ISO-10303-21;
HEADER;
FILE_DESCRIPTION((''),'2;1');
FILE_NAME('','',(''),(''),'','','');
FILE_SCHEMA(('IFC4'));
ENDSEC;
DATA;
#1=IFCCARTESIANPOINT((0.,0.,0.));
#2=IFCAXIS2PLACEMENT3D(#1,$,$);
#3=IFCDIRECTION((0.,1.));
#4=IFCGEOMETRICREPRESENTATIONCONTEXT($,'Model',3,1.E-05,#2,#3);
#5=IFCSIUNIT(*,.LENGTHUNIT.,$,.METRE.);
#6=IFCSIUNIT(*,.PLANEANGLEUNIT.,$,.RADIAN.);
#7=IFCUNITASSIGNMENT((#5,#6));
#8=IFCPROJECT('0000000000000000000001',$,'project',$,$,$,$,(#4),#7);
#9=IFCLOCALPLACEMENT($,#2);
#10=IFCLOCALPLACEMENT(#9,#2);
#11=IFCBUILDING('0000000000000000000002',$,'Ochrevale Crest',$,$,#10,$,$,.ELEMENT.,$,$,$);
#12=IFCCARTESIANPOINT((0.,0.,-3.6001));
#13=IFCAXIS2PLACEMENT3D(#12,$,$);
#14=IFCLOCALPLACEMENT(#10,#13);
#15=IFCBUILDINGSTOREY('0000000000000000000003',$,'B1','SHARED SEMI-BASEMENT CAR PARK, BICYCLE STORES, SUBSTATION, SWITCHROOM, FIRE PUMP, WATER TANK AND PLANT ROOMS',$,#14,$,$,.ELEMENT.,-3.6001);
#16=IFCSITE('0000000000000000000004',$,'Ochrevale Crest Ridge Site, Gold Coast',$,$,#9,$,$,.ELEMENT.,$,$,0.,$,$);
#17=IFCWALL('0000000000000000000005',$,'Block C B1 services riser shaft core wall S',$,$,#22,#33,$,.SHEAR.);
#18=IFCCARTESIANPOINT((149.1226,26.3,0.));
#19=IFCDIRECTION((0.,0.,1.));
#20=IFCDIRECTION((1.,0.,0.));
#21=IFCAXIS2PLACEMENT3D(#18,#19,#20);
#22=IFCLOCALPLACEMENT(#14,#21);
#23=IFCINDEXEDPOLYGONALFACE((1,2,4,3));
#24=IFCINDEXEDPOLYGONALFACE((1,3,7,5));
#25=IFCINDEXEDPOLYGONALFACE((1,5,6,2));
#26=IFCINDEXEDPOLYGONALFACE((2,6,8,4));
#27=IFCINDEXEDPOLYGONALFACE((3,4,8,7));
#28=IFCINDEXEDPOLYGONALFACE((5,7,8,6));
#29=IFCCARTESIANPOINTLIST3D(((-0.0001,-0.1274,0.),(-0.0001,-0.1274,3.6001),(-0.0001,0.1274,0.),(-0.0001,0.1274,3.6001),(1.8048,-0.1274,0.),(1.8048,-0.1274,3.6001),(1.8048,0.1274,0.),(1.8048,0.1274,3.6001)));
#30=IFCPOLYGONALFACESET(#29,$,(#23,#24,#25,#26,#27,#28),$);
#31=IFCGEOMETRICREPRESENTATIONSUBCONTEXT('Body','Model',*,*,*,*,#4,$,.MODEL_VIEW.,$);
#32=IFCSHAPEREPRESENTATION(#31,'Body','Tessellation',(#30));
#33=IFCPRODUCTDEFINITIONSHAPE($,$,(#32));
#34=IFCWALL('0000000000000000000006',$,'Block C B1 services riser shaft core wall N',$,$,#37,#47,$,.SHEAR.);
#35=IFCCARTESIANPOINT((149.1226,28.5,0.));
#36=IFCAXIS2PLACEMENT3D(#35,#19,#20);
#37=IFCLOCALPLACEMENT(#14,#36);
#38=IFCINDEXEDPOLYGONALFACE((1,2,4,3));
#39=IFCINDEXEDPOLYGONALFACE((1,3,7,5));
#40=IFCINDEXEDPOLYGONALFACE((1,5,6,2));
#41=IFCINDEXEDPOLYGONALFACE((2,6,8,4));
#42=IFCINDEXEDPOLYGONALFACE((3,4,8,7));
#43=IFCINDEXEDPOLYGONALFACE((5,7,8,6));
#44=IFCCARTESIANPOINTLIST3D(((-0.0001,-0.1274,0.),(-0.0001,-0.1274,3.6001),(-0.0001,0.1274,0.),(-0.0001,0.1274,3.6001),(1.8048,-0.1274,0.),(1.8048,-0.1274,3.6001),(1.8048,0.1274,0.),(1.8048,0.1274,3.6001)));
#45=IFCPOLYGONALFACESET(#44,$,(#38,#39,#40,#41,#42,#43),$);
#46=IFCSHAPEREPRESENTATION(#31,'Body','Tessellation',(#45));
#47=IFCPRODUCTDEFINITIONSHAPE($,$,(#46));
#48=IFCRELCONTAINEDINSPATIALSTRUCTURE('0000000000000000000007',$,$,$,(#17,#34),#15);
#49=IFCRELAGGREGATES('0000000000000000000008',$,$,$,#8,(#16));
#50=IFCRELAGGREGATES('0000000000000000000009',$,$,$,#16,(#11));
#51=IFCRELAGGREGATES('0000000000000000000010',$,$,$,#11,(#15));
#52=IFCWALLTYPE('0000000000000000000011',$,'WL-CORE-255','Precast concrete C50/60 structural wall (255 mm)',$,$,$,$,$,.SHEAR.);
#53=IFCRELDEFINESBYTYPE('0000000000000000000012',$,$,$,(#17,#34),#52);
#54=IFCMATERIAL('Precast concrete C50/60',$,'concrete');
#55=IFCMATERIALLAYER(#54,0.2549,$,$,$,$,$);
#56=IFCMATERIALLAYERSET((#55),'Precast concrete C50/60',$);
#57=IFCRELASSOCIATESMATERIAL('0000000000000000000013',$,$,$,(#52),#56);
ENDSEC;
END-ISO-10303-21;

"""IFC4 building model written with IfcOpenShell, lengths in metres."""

from ifc_helpers import new_model, si_unit, direction, frame, frame_2d, origin, place, context, subcontext, project, spatial, rectangle, extrude, material, layer, layer_set, type_object, element, save


model = new_model("IFC4")

# Units and contexts
model_context = context("Model", 3, precision=1e-05, world=origin(), true_north=direction((0.0, 1.0)))
body_context = subcontext(model_context, "Body", "Model", "MODEL_VIEW")
ifc_project = project(units=[si_unit("LENGTHUNIT", "METRE"), si_unit("PLANEANGLEUNIT", "RADIAN")], contexts=[model_context])

# Site, building, storey
site_placement = place(None, origin())
site = spatial("IfcSite", under=ifc_project, at=site_placement, Name="Ochrevale Crest Ridge Site, Gold Coast", CompositionType="ELEMENT", RefElevation=0.0)
building_placement = place(site_placement, origin())
building = spatial("IfcBuilding", under=site, at=building_placement, Name="Ochrevale Crest", CompositionType="ELEMENT")
storey_placement = place(building_placement, frame((0.0, 0.0, -3.6001)))
storey = spatial("IfcBuildingStorey", under=building, at=storey_placement, Name="B1", Description="SHARED SEMI-BASEMENT CAR PARK, BICYCLE STORES, SUBSTATION, SWITCHROOM, FIRE PUMP, WATER TANK AND PLANT ROOMS", CompositionType="ELEMENT", Elevation=-3.6001)

# Shared definitions
ifc_material_1 = material(Name="Precast concrete C50/60", Category="concrete")
ifc_layer = layer(ifc_material_1, 0.2549)
ifc_layer_set = layer_set([ifc_layer], Name="Precast concrete C50/60")
wall_type = type_object("IfcWallType", Name="WL-CORE-255", Description="Precast concrete C50/60 structural wall (255 mm)", PredefinedType="SHEAR", material=ifc_layer_set)

# Walls
for number, where, z_axis, x_axis, name in (
    (1, (149.1226, 26.3, 0.0), (0.0, 0.0, 1.0), (1.0, 0.0, 0.0), "Block C B1 services riser shaft core wall S"),
    (2, (149.1226, 28.5, 0.0), (0.0, 0.0, 1.0), (1.0, 0.0, 0.0), "Block C B1 services riser shaft core wall N"),
):
    element("IfcWall", number, at=place(storey_placement, frame(where, z_axis=z_axis, x_axis=x_axis)), inside=storey, type_object=wall_type, Name=name, PredefinedType="SHEAR", context=body_context, shape_type="SweptSolid", body=[
        extrude(rectangle(XDim=1.8049, YDim=0.2549, at=frame_2d((0.9023, 0.0))), origin(), (0.0, 0.0, 1.0), 3.6001),
    ])

save(model, "model.ifc")
